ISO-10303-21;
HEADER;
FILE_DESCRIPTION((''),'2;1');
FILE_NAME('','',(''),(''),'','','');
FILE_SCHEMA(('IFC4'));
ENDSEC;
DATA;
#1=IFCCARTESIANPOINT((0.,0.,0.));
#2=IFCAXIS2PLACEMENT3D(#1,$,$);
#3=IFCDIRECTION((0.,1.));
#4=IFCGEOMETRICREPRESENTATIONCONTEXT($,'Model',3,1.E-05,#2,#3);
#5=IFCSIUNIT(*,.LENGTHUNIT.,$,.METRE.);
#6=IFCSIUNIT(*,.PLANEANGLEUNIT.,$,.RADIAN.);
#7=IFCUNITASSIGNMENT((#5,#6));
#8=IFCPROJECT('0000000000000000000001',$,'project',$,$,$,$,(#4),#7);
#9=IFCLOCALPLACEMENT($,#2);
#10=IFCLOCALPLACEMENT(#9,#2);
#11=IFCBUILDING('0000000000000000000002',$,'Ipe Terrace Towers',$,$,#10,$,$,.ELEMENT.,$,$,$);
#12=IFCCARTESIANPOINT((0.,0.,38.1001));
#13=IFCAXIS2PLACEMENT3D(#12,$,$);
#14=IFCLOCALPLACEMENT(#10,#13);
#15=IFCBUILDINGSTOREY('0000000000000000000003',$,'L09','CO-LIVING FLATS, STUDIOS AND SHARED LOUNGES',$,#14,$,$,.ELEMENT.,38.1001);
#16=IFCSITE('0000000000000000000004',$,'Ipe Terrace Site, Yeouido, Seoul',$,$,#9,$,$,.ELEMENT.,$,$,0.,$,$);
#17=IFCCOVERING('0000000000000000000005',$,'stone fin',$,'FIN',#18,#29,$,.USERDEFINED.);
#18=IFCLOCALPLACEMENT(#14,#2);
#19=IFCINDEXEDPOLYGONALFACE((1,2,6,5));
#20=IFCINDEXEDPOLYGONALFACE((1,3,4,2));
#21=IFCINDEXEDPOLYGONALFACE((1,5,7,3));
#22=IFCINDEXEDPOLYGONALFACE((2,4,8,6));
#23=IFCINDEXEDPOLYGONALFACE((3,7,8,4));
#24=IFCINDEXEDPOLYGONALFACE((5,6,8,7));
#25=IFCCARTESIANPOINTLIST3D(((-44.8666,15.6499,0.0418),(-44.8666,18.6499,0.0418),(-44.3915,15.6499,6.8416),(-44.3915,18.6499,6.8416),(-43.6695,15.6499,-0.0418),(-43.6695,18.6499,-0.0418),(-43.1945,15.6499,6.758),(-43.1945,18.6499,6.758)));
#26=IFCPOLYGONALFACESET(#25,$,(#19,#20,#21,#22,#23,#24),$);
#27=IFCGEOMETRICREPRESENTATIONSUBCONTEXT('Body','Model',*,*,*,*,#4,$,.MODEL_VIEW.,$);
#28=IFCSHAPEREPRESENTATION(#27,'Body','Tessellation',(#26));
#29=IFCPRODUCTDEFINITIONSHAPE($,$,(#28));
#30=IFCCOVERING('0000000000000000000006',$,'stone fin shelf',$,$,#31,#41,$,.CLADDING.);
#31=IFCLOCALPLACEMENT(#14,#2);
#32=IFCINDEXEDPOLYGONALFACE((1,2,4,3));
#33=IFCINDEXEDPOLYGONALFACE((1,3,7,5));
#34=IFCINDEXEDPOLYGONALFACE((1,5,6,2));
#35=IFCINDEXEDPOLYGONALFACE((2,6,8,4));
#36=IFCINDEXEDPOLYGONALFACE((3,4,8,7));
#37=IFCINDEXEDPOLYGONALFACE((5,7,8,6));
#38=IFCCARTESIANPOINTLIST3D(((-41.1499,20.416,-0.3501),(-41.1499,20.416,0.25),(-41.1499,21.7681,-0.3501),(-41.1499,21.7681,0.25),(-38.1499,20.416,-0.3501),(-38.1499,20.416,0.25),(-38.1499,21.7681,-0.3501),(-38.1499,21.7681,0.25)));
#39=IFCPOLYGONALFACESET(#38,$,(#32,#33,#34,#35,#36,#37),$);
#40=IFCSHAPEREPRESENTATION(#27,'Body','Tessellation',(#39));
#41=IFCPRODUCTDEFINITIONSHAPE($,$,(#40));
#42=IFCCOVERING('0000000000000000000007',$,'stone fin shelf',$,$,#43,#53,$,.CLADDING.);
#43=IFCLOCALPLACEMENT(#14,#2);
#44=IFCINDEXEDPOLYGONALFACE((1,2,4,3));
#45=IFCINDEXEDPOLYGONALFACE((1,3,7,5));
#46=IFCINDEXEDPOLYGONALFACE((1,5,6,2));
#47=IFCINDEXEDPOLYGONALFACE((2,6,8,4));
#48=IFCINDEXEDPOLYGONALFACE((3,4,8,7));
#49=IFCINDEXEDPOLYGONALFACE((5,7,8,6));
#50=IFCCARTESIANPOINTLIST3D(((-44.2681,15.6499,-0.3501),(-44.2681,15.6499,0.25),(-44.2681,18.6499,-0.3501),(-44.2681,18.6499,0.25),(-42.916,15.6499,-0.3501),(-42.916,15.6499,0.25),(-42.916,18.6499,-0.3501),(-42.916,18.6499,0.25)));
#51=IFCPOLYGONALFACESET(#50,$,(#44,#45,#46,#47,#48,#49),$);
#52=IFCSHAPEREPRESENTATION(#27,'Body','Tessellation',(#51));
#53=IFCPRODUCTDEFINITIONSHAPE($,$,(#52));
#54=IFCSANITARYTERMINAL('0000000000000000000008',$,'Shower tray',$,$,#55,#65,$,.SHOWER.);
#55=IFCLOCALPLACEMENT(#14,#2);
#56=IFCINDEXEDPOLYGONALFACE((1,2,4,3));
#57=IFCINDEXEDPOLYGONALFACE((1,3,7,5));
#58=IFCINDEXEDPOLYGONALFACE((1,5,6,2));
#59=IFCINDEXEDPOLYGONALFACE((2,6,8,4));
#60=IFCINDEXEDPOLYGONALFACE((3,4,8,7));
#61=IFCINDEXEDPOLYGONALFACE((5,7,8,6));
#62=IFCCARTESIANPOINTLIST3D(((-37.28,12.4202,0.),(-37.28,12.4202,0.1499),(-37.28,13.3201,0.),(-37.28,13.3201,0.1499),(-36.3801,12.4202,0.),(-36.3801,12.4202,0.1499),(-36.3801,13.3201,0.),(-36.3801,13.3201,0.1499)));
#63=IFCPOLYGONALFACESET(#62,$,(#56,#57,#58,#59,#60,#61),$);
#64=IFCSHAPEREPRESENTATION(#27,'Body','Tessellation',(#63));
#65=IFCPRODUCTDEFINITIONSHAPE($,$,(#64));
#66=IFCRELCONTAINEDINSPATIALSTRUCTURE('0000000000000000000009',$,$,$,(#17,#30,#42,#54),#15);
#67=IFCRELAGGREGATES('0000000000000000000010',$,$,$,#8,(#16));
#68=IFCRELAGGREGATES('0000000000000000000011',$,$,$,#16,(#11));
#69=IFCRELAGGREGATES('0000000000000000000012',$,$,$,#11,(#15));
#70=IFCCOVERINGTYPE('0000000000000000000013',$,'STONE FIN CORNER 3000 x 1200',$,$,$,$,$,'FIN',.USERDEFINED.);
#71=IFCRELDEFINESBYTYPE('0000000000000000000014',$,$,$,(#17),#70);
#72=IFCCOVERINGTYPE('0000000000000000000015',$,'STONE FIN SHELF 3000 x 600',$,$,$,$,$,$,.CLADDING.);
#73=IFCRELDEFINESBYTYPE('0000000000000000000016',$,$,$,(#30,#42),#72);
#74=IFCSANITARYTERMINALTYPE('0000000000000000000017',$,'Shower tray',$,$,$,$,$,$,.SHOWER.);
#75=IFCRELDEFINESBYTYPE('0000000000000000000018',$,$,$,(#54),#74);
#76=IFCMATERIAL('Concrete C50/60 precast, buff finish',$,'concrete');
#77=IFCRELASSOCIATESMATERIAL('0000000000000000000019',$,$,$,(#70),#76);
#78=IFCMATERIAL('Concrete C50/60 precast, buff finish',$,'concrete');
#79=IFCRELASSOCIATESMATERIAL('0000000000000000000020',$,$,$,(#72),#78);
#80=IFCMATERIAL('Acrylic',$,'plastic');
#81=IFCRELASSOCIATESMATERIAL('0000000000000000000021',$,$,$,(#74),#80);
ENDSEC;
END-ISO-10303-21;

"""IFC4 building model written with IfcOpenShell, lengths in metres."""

from ifc_helpers import new_model, si_unit, direction, frame, origin, origin_2d, place, context, subcontext, project, spatial, rectangle, extrude, material, material_profile, profile_set, type_object, element, save


model = new_model("IFC4")

# Units and contexts
model_context = context("Model", 3, precision=1e-05, world=origin(), true_north=direction((0.0, 1.0)))
body_context = subcontext(model_context, "Body", "Model", "MODEL_VIEW")
ifc_project = project(units=[si_unit("LENGTHUNIT", "METRE"), si_unit("PLANEANGLEUNIT", "RADIAN")], contexts=[model_context])

# Site, building, storey
site_placement = place(None, origin())
site = spatial("IfcSite", under=ifc_project, at=site_placement, Name="Ipe Terrace Site, Yeouido, Seoul", CompositionType="ELEMENT", RefElevation=0.0)
building_placement = place(site_placement, origin())
building = spatial("IfcBuilding", under=site, at=building_placement, Name="Ipe Terrace Towers", CompositionType="ELEMENT")
storey_placement = place(building_placement, frame((0.0, 0.0, 38.1001)))
storey = spatial("IfcBuildingStorey", under=building, at=storey_placement, Name="L09", Description="CO-LIVING FLATS, STUDIOS AND SHARED LOUNGES", CompositionType="ELEMENT", Elevation=38.1001)

# Coverings
ifc_material_1 = material(Name="Concrete C50/60 precast, buff finish", Category="concrete")
ifc_material_profile_1 = material_profile(ifc_material_1, rectangle(XDim=3.0, YDim=1.2, at=origin_2d()), Name="STONE FIN CORNER 3000 x 1200")
ifc_profile_set_1 = profile_set([ifc_material_profile_1], Name="Concrete C50/60 precast, buff finish")
covering_type_1 = type_object("IfcCoveringType", Name="STONE FIN CORNER 3000 x 1200", ElementType="FIN", PredefinedType="USERDEFINED", material=ifc_profile_set_1)
for number, where, z_axis, x_axis, name in (
    (1, (-44.2681, 17.1499, 0.0), (0.069699, 0.0, 0.997568), (0.0, -1.0, 0.0), "stone fin"),
):
    element("IfcCovering", number, at=place(storey_placement, frame(where, z_axis=z_axis, x_axis=x_axis)), inside=storey, type_object=covering_type_1, Name=name, ObjectType="FIN", PredefinedType="USERDEFINED", context=body_context, shape_type="SweptSolid", body=[
        extrude(rectangle(XDim=3.0, YDim=1.2, at=origin_2d()), origin(), (0.0, 0.0, 1.0), 6.8164),
    ])
ifc_material_2 = material(Name="Concrete C50/60 precast, buff finish", Category="concrete")
covering_type_2 = type_object("IfcCoveringType", Name="STONE FIN SHELF 3000 x 600", PredefinedType="CLADDING", material=ifc_material_2)
for number, where, z_axis, x_axis, name in (
    (2, (-39.6499, 21.092, -0.3501), (0.0, 0.0, 1.0), (-1.0, 0.0, 0.0), "stone fin shelf"),
    (3, (-43.592, 17.1499, -0.3501), (0.0, 0.0, 1.0), (0.0, -1.0, 0.0), "stone fin shelf"),
):
    element("IfcCovering", number, at=place(storey_placement, frame(where, z_axis=z_axis, x_axis=x_axis)), inside=storey, type_object=covering_type_2, Name=name, PredefinedType="CLADDING", context=body_context, shape_type="SweptSolid", body=[
        extrude(rectangle(XDim=3.0, YDim=1.3521, at=origin_2d()), origin(), (0.0, 0.0, 1.0), 0.6001),
    ])

# Sanitary terminal
ifc_material_3 = material(Name="Acrylic", Category="plastic")
sanitary_terminal_type = type_object("IfcSanitaryTerminalType", Name="Shower tray", PredefinedType="SHOWER", material=ifc_material_3)
sanitary_terminal_placement = place(storey_placement, frame((-36.8301, 12.8701, 0.0), z_axis=(0.0, 0.0, 1.0), x_axis=(1.0, 0.0, 0.0)))
element("IfcSanitaryTerminal", 4, at=sanitary_terminal_placement, inside=storey, type_object=sanitary_terminal_type, Name="Shower tray", PredefinedType="SHOWER", context=body_context, shape_type="SweptSolid", body=[
    extrude(rectangle(XDim=0.8999, YDim=0.8999, at=origin_2d()), origin(), (0.0, 0.0, 1.0), 0.1499),
])

save(model, "model.ifc")
